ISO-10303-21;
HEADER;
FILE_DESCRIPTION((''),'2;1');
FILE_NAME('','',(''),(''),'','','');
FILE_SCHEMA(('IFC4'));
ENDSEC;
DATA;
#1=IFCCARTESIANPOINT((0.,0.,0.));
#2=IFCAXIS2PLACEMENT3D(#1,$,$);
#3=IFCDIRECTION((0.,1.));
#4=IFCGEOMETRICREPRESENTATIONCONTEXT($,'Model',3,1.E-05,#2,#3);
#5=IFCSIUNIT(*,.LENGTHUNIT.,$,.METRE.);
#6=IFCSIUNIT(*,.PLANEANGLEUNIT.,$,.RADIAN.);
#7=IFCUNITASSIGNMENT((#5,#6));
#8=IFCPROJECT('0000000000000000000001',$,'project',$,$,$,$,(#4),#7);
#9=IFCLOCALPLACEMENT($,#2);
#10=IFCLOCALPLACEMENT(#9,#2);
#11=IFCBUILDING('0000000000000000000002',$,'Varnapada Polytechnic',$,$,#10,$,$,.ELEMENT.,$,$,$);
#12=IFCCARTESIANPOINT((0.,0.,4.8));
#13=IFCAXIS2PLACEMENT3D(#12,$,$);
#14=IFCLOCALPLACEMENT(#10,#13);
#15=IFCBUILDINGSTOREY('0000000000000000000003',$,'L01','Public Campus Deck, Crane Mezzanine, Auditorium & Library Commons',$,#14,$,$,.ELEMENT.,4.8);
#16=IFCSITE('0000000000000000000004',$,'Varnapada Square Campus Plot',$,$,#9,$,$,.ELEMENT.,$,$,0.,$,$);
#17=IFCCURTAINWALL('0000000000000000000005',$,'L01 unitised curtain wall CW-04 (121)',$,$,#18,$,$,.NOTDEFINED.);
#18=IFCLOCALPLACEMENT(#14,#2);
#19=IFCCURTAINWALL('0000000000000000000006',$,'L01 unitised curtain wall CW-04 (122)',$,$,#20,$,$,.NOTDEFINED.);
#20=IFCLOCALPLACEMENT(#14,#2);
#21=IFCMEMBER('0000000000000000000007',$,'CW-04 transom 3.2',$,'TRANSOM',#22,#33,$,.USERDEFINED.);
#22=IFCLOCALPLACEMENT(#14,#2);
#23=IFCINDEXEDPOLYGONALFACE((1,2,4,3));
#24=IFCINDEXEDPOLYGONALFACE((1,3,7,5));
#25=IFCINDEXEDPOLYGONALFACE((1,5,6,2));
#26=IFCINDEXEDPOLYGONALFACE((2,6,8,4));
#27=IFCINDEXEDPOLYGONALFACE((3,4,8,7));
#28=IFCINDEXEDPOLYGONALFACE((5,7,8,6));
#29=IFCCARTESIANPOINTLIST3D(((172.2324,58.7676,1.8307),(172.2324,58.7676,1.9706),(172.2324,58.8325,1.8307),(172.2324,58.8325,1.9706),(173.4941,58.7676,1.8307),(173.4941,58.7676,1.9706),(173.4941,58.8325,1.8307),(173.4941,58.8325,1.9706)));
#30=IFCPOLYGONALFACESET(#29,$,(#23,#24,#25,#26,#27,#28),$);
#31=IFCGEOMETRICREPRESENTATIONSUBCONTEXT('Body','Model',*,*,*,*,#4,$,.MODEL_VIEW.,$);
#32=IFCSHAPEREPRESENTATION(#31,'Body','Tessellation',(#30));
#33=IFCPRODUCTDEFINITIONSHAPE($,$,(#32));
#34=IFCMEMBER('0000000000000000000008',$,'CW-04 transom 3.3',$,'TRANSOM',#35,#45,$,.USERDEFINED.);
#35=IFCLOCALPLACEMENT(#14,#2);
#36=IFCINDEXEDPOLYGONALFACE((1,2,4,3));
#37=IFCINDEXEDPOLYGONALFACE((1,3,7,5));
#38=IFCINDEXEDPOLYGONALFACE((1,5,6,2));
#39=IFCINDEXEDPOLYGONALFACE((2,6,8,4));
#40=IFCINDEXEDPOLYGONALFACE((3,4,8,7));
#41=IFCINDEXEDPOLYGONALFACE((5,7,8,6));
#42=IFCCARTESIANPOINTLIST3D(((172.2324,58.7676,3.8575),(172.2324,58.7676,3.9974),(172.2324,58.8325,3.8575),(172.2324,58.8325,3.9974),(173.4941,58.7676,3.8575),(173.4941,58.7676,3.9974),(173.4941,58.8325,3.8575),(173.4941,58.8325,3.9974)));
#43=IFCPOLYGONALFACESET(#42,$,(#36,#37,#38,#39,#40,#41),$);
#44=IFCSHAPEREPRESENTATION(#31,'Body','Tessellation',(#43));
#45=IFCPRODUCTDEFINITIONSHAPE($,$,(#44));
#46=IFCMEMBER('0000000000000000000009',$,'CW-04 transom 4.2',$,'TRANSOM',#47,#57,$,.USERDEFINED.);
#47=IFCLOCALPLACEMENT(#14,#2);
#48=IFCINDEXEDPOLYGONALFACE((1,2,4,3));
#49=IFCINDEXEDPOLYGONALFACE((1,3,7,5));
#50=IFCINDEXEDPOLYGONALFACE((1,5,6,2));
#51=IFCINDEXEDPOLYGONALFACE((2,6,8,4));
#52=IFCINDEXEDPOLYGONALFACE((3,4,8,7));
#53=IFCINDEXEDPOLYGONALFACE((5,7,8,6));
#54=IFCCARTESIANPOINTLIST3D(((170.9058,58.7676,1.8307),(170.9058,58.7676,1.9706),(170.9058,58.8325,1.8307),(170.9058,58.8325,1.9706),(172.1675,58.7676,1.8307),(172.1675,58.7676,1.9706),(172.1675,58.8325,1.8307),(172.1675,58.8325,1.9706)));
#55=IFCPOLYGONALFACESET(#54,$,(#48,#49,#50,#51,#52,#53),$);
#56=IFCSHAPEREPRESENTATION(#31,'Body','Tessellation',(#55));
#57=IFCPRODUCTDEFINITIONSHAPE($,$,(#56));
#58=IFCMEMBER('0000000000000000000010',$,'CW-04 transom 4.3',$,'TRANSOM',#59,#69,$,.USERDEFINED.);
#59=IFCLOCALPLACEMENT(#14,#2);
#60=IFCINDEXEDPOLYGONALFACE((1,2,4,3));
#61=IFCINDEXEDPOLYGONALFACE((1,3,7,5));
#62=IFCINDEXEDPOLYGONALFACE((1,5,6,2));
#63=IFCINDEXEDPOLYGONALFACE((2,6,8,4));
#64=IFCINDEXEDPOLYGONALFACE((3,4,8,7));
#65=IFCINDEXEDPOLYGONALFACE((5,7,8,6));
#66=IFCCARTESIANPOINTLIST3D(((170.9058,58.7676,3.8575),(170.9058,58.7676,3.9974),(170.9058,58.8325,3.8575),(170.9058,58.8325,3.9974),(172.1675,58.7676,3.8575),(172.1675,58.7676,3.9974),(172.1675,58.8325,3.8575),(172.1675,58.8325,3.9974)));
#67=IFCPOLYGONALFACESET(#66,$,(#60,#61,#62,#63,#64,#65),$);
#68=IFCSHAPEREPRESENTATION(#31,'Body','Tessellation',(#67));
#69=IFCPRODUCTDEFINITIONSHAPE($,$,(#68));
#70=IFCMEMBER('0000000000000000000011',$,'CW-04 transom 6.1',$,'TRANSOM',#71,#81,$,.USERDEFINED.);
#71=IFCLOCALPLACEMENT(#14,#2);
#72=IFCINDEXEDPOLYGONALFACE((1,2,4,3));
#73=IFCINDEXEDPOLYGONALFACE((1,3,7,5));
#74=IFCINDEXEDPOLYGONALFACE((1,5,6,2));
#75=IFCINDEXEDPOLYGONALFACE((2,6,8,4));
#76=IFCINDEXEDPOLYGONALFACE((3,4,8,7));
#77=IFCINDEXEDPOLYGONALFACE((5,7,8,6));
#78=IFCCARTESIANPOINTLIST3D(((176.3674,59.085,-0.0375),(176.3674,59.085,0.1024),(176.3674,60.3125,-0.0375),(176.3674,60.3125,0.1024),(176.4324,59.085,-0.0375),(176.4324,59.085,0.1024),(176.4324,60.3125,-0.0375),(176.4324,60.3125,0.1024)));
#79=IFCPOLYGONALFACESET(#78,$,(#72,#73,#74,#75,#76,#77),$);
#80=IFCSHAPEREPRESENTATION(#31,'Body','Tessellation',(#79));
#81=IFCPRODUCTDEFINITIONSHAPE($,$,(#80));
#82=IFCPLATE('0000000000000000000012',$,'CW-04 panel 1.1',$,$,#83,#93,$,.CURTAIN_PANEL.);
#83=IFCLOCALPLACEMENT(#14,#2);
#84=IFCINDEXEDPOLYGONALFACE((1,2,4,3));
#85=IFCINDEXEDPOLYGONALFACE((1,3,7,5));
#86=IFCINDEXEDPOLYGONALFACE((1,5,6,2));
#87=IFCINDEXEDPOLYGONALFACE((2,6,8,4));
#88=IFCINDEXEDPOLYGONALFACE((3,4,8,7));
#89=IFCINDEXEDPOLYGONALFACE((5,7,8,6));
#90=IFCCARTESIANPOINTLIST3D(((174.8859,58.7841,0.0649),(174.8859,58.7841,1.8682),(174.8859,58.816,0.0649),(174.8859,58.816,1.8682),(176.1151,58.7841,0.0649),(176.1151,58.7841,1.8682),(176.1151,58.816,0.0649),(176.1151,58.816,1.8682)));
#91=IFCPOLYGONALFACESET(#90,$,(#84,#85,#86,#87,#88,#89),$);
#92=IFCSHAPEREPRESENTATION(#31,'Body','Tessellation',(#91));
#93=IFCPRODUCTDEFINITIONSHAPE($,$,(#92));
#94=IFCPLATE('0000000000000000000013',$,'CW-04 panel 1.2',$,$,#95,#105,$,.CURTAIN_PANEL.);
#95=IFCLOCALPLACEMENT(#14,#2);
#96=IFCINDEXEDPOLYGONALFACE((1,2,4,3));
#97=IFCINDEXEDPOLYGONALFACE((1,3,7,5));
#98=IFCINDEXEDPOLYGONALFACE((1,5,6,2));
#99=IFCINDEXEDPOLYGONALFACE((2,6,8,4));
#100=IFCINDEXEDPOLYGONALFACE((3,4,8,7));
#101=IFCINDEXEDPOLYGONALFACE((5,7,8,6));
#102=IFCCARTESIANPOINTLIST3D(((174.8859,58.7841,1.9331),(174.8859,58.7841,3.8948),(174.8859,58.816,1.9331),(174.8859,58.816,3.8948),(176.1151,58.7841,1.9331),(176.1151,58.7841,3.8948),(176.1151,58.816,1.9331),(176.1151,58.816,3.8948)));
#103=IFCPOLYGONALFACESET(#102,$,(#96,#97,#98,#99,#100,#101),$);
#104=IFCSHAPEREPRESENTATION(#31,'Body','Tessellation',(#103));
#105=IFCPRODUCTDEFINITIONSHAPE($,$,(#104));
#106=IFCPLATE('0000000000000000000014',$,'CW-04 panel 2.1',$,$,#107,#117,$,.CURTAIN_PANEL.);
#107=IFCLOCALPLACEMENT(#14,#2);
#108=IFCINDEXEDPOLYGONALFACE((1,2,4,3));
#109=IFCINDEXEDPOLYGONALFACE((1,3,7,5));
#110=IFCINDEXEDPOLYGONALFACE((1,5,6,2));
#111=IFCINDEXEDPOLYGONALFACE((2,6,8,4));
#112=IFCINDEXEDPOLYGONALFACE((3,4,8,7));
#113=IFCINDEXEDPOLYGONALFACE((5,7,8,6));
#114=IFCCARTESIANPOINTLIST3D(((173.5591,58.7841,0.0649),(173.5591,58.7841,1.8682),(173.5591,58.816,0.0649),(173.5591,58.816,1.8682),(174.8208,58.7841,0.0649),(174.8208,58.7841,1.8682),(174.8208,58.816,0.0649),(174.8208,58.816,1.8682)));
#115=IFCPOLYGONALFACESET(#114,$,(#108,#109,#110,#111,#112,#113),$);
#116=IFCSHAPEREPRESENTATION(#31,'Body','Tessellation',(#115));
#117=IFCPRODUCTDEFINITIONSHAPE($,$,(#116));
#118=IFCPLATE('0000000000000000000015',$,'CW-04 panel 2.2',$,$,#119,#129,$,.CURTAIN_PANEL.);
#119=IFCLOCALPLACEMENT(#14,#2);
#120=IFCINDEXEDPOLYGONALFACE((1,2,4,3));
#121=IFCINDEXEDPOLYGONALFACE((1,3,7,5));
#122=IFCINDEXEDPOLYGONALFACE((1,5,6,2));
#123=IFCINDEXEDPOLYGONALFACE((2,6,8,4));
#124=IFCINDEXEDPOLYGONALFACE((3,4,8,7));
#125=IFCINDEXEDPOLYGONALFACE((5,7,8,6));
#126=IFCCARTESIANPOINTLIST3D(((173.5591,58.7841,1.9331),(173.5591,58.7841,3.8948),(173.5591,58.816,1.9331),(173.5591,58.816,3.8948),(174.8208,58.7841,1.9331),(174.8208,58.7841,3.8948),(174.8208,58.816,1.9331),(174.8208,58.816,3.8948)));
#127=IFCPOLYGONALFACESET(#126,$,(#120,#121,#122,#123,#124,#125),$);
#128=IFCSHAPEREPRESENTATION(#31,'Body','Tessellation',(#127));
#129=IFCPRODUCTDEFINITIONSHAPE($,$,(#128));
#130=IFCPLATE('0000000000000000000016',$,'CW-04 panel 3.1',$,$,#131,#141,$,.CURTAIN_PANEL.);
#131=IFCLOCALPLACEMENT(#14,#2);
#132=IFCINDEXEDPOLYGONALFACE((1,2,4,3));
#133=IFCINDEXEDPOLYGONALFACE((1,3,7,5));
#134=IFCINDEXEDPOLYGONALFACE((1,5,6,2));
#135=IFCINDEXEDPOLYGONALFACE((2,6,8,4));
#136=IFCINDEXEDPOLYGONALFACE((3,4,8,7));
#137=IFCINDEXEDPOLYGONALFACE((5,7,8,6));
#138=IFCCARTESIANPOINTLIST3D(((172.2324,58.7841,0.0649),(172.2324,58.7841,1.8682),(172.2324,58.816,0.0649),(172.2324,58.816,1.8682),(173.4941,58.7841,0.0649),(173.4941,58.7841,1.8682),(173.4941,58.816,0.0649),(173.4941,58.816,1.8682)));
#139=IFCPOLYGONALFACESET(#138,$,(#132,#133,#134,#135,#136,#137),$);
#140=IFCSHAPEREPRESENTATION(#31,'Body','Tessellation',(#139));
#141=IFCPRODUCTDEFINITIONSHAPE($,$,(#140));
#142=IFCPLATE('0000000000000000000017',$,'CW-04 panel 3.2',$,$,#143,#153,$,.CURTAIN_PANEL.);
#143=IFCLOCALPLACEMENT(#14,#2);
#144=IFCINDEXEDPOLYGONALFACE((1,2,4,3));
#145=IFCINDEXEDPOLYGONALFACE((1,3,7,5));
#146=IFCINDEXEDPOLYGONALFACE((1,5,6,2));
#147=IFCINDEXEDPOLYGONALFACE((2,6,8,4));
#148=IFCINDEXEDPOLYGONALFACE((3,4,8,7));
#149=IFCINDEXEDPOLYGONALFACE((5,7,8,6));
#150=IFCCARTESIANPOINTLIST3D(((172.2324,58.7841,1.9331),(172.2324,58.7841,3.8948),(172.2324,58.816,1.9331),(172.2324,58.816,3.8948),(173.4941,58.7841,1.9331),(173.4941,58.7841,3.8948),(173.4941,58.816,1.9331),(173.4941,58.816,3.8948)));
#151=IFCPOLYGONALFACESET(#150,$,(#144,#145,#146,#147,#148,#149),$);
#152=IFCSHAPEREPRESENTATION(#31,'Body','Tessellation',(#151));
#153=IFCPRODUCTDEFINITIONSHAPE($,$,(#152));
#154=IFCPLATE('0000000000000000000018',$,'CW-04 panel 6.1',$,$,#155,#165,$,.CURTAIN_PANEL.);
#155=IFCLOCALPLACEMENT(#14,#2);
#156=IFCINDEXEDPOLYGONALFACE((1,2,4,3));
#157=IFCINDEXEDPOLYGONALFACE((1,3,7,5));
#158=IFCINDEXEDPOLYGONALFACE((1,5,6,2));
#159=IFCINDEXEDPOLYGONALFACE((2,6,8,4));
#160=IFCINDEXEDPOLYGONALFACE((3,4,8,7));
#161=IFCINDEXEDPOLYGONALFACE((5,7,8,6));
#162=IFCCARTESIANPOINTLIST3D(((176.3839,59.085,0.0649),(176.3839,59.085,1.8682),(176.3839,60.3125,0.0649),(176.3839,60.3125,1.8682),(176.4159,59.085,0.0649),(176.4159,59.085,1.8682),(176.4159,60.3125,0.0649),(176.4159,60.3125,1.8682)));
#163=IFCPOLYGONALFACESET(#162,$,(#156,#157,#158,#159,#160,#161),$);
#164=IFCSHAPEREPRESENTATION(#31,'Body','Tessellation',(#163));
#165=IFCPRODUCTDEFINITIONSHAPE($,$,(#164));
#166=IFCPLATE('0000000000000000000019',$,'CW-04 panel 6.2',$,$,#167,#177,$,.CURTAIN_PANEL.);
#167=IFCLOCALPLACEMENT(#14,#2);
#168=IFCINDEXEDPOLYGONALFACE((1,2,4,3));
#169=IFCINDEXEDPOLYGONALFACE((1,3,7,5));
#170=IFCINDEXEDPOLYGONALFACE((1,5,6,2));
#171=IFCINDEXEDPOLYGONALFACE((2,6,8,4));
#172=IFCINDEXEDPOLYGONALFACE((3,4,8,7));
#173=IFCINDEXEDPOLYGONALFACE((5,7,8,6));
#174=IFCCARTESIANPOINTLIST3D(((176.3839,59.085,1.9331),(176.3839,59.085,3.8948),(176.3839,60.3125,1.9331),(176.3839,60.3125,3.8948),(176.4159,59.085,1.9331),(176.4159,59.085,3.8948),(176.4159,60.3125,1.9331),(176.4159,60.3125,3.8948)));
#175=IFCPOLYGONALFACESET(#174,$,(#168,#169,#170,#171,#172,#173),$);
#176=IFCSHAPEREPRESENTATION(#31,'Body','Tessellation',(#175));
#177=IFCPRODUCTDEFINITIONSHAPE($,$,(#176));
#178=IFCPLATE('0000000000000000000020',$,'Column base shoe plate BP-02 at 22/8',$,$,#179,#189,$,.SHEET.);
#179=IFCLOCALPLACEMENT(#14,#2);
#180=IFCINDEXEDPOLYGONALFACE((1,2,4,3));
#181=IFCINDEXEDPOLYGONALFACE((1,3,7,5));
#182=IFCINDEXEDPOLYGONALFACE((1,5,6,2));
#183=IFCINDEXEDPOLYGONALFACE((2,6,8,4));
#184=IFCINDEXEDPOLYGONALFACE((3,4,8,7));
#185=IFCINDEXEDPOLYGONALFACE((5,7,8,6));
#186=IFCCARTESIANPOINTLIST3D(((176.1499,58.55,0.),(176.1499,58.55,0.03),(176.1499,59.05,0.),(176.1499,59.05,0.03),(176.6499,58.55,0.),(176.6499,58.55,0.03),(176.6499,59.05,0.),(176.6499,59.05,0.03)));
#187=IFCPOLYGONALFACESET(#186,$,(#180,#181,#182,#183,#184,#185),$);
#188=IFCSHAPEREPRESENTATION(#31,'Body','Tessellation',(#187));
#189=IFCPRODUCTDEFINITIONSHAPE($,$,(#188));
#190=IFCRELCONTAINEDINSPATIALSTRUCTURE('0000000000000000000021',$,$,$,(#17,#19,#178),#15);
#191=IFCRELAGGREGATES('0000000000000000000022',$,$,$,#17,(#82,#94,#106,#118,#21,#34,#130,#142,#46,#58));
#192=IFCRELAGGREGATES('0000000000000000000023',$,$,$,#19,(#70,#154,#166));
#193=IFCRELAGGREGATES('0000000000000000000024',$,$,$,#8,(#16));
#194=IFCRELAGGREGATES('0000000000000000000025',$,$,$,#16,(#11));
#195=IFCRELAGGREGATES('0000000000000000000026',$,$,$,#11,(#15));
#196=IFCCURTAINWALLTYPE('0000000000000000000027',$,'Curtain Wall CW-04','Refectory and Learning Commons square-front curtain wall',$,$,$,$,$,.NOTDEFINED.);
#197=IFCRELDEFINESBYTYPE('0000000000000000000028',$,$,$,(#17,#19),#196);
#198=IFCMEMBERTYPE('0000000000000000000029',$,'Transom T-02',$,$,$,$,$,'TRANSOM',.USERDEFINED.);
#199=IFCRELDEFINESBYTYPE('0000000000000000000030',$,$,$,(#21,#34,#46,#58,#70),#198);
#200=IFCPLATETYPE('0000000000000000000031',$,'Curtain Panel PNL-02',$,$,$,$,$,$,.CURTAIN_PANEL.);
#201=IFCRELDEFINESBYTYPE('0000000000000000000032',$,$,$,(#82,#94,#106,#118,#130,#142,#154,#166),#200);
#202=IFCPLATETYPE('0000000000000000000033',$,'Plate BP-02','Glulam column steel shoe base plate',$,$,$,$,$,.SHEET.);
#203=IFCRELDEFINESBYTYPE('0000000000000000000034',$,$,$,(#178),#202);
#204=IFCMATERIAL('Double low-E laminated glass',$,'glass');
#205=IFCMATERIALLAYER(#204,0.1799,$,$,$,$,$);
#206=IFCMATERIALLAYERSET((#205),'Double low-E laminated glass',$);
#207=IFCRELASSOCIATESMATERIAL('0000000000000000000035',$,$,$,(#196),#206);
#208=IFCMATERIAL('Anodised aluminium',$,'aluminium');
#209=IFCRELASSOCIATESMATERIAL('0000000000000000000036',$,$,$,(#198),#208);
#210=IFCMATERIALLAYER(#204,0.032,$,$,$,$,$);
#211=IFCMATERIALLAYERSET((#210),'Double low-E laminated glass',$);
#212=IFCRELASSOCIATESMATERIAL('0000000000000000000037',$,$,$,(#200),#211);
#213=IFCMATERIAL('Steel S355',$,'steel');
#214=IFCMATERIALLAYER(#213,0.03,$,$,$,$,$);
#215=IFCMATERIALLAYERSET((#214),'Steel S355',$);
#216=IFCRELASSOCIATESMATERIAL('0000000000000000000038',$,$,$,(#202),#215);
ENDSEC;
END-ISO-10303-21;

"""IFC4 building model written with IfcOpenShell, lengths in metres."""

from ifc_helpers import new_model, si_unit, direction, frame, origin, origin_2d, place, context, subcontext, project, spatial, rectangle, extrude, material, layer, layer_set, material_profile, profile_set, type_object, element, aggregate, save


model = new_model("IFC4")

# Units and contexts
model_context = context("Model", 3, precision=1e-05, world=origin(), true_north=direction((0.0, 1.0)))
body_context = subcontext(model_context, "Body", "Model", "MODEL_VIEW")
ifc_project = project(units=[si_unit("LENGTHUNIT", "METRE"), si_unit("PLANEANGLEUNIT", "RADIAN")], contexts=[model_context])

# Site, building, storey
site_placement = place(None, origin())
site = spatial("IfcSite", under=ifc_project, at=site_placement, Name="Varnapada Square Campus Plot", CompositionType="ELEMENT", RefElevation=0.0)
building_placement = place(site_placement, origin())
building = spatial("IfcBuilding", under=site, at=building_placement, Name="Varnapada Polytechnic", CompositionType="ELEMENT")
storey_placement = place(building_placement, frame((0.0, 0.0, 4.8)))
storey = spatial("IfcBuildingStorey", under=building, at=storey_placement, Name="L01", Description="Public Campus Deck, Crane Mezzanine, Auditorium & Library Commons", CompositionType="ELEMENT", Elevation=4.8)

# Curtain wall
ifc_material_1 = material(Name="Double low-E laminated glass", Category="glass")
ifc_layer_1 = layer(ifc_material_1, 0.1799)
ifc_layer_set_1 = layer_set([ifc_layer_1], Name="Double low-E laminated glass")
curtain_wall_type = type_object("IfcCurtainWallType", Name="Curtain Wall CW-04", Description="Refectory and Learning Commons square-front curtain wall", PredefinedType="NOTDEFINED", material=ifc_layer_set_1)
curtain_wall_1_placement = place(storey_placement, origin())
curtain_wall_1 = element("IfcCurtainWall", 1, at=curtain_wall_1_placement, inside=storey, type_object=curtain_wall_type, Name="L01 unitised curtain wall CW-04 (121)", PredefinedType="NOTDEFINED")
ifc_material_2 = material(Name="Anodised aluminium", Category="aluminium")

# Curtain wall
curtain_wall_2_placement = place(storey_placement, origin())
curtain_wall_2 = element("IfcCurtainWall", 2, at=curtain_wall_2_placement, inside=storey, type_object=curtain_wall_type, Name="L01 unitised curtain wall CW-04 (122)", PredefinedType="NOTDEFINED")

# Members
ifc_material_profile_1 = material_profile(ifc_material_2, rectangle(XDim=0.0649, YDim=0.1399, at=origin_2d()), Name="ALU T65x140")
ifc_profile_set_1 = profile_set([ifc_material_profile_1], Name="Anodised aluminium")
member_type_1 = type_object("IfcMemberType", Name="Transom T-02", ElementType="TRANSOM", PredefinedType="USERDEFINED", material=ifc_profile_set_1)
member_1_placement = place(storey_placement, frame((173.4941, 58.8, 1.9006), z_axis=(-1.0, 0.0, 0.0), x_axis=(0.0, -1.0, 0.0)))
member_1 = element("IfcMember", 3, at=member_1_placement, type_object=member_type_1, Name="CW-04 transom 3.2", ObjectType="TRANSOM", PredefinedType="USERDEFINED", context=body_context, shape_type="SweptSolid", body=[
    extrude(rectangle(XDim=0.0649, YDim=0.1399, at=origin_2d()), origin(), (0.0, 0.0, 1.0), 1.2617),
])
member_2_placement = place(storey_placement, frame((173.4941, 58.8, 3.9275), z_axis=(-1.0, 0.0, 0.0), x_axis=(0.0, -1.0, 0.0)))
member_2 = element("IfcMember", 4, at=member_2_placement, type_object=member_type_1, Name="CW-04 transom 3.3", ObjectType="TRANSOM", PredefinedType="USERDEFINED", context=body_context, shape_type="SweptSolid", body=[
    extrude(rectangle(XDim=0.0649, YDim=0.1399, at=origin_2d()), origin(), (0.0, 0.0, 1.0), 1.2617),
])
member_3_placement = place(storey_placement, frame((172.1675, 58.8, 1.9006), z_axis=(-1.0, 0.0, 0.0), x_axis=(0.0, -1.0, 0.0)))
member_3 = element("IfcMember", 5, at=member_3_placement, type_object=member_type_1, Name="CW-04 transom 4.2", ObjectType="TRANSOM", PredefinedType="USERDEFINED", context=body_context, shape_type="SweptSolid", body=[
    extrude(rectangle(XDim=0.0649, YDim=0.1399, at=origin_2d()), origin(), (0.0, 0.0, 1.0), 1.2617),
])
member_4_placement = place(storey_placement, frame((172.1675, 58.8, 3.9275), z_axis=(-1.0, 0.0, 0.0), x_axis=(0.0, -1.0, 0.0)))
member_4 = element("IfcMember", 6, at=member_4_placement, type_object=member_type_1, Name="CW-04 transom 4.3", ObjectType="TRANSOM", PredefinedType="USERDEFINED", context=body_context, shape_type="SweptSolid", body=[
    extrude(rectangle(XDim=0.0649, YDim=0.1399, at=origin_2d()), origin(), (0.0, 0.0, 1.0), 1.2617),
])
member_5_placement = place(storey_placement, frame((176.3999, 60.3125, 0.0325), z_axis=(0.0, -1.0, 0.0), x_axis=(1.0, 0.0, 0.0)))
member_5 = element("IfcMember", 7, at=member_5_placement, type_object=member_type_1, Name="CW-04 transom 6.1", ObjectType="TRANSOM", PredefinedType="USERDEFINED", context=body_context, shape_type="SweptSolid", body=[
    extrude(rectangle(XDim=0.0649, YDim=0.1399, at=origin_2d()), origin(), (0.0, 0.0, 1.0), 1.2275),
])

# Plates
ifc_layer_2 = layer(ifc_material_1, 0.032)
ifc_layer_set_2 = layer_set([ifc_layer_2], Name="Double low-E laminated glass")
plate_type_1 = type_object("IfcPlateType", Name="Curtain Panel PNL-02", PredefinedType="CURTAIN_PANEL", material=ifc_layer_set_2)
plate_1_placement = place(storey_placement, frame((175.5005, 58.8, 0.0649), z_axis=(0.0, 0.0, 1.0), x_axis=(-1.0, 0.0, 0.0)))
plate_1 = element("IfcPlate", 8, at=plate_1_placement, type_object=plate_type_1, Name="CW-04 panel 1.1", PredefinedType="CURTAIN_PANEL", context=body_context, shape_type="SweptSolid", body=[
    extrude(rectangle(XDim=1.2292, YDim=0.032, at=origin_2d()), origin(), (0.0, 0.0, 1.0), 1.8032),
])
plate_2_placement = place(storey_placement, frame((175.5005, 58.8, 1.9331), z_axis=(0.0, 0.0, 1.0), x_axis=(-1.0, 0.0, 0.0)))
plate_2 = element("IfcPlate", 9, at=plate_2_placement, type_object=plate_type_1, Name="CW-04 panel 1.2", PredefinedType="CURTAIN_PANEL", context=body_context, shape_type="SweptSolid", body=[
    extrude(rectangle(XDim=1.2292, YDim=0.032, at=origin_2d()), origin(), (0.0, 0.0, 1.0), 1.9617),
])
plate_3_placement = place(storey_placement, frame((174.1899, 58.8, 0.0649), z_axis=(0.0, 0.0, 1.0), x_axis=(-1.0, 0.0, 0.0)))
plate_3 = element("IfcPlate", 10, at=plate_3_placement, type_object=plate_type_1, Name="CW-04 panel 2.1", PredefinedType="CURTAIN_PANEL", context=body_context, shape_type="SweptSolid", body=[
    extrude(rectangle(XDim=1.2617, YDim=0.032, at=origin_2d()), origin(), (0.0, 0.0, 1.0), 1.8032),
])
plate_4_placement = place(storey_placement, frame((174.1899, 58.8, 1.9331), z_axis=(0.0, 0.0, 1.0), x_axis=(-1.0, 0.0, 0.0)))
plate_4 = element("IfcPlate", 11, at=plate_4_placement, type_object=plate_type_1, Name="CW-04 panel 2.2", PredefinedType="CURTAIN_PANEL", context=body_context, shape_type="SweptSolid", body=[
    extrude(rectangle(XDim=1.2617, YDim=0.032, at=origin_2d()), origin(), (0.0, 0.0, 1.0), 1.9617),
])
plate_5_placement = place(storey_placement, frame((172.8633, 58.8, 0.0649), z_axis=(0.0, 0.0, 1.0), x_axis=(-1.0, 0.0, 0.0)))
plate_5 = element("IfcPlate", 12, at=plate_5_placement, type_object=plate_type_1, Name="CW-04 panel 3.1", PredefinedType="CURTAIN_PANEL", context=body_context, shape_type="SweptSolid", body=[
    extrude(rectangle(XDim=1.2617, YDim=0.032, at=origin_2d()), origin(), (0.0, 0.0, 1.0), 1.8032),
])
plate_6_placement = place(storey_placement, frame((172.8633, 58.8, 1.9331), z_axis=(0.0, 0.0, 1.0), x_axis=(-1.0, 0.0, 0.0)))
plate_6 = element("IfcPlate", 13, at=plate_6_placement, type_object=plate_type_1, Name="CW-04 panel 3.2", PredefinedType="CURTAIN_PANEL", context=body_context, shape_type="SweptSolid", body=[
    extrude(rectangle(XDim=1.2617, YDim=0.032, at=origin_2d()), origin(), (0.0, 0.0, 1.0), 1.9617),
])
aggregate(curtain_wall_1, [plate_1, plate_2, plate_3, plate_4, member_1, member_2, plate_5, plate_6, member_3, member_4])
plate_7_placement = place(storey_placement, frame((176.3999, 59.6987, 0.0649), z_axis=(0.0, 0.0, 1.0), x_axis=(0.0, -1.0, 0.0)))
plate_7 = element("IfcPlate", 14, at=plate_7_placement, type_object=plate_type_1, Name="CW-04 panel 6.1", PredefinedType="CURTAIN_PANEL", context=body_context, shape_type="SweptSolid", body=[
    extrude(rectangle(XDim=1.2275, YDim=0.032, at=origin_2d()), origin(), (0.0, 0.0, 1.0), 1.8032),
])
plate_8_placement = place(storey_placement, frame((176.3999, 59.6987, 1.9331), z_axis=(0.0, 0.0, 1.0), x_axis=(0.0, -1.0, 0.0)))
plate_8 = element("IfcPlate", 15, at=plate_8_placement, type_object=plate_type_1, Name="CW-04 panel 6.2", PredefinedType="CURTAIN_PANEL", context=body_context, shape_type="SweptSolid", body=[
    extrude(rectangle(XDim=1.2275, YDim=0.032, at=origin_2d()), origin(), (0.0, 0.0, 1.0), 1.9617),
])
aggregate(curtain_wall_2, [member_5, plate_7, plate_8])
ifc_material_3 = material(Name="Steel S355", Category="steel")
ifc_layer_3 = layer(ifc_material_3, 0.03)
ifc_layer_set_3 = layer_set([ifc_layer_3], Name="Steel S355")
plate_type_2 = type_object("IfcPlateType", Name="Plate BP-02", Description="Glulam column steel shoe base plate", PredefinedType="SHEET", material=ifc_layer_set_3)
plate_9_placement = place(storey_placement, frame((176.3999, 58.8, 0.0), z_axis=(0.0, 0.0, 1.0), x_axis=(1.0, 0.0, 0.0)))
element("IfcPlate", 16, at=plate_9_placement, inside=storey, type_object=plate_type_2, Name="Column base shoe plate BP-02 at 22/8", PredefinedType="SHEET", context=body_context, shape_type="SweptSolid", body=[
    extrude(rectangle(XDim=0.5, YDim=0.5, at=origin_2d()), origin(), (0.0, 0.0, 1.0), 0.03),
])

save(model, "model.ifc")
